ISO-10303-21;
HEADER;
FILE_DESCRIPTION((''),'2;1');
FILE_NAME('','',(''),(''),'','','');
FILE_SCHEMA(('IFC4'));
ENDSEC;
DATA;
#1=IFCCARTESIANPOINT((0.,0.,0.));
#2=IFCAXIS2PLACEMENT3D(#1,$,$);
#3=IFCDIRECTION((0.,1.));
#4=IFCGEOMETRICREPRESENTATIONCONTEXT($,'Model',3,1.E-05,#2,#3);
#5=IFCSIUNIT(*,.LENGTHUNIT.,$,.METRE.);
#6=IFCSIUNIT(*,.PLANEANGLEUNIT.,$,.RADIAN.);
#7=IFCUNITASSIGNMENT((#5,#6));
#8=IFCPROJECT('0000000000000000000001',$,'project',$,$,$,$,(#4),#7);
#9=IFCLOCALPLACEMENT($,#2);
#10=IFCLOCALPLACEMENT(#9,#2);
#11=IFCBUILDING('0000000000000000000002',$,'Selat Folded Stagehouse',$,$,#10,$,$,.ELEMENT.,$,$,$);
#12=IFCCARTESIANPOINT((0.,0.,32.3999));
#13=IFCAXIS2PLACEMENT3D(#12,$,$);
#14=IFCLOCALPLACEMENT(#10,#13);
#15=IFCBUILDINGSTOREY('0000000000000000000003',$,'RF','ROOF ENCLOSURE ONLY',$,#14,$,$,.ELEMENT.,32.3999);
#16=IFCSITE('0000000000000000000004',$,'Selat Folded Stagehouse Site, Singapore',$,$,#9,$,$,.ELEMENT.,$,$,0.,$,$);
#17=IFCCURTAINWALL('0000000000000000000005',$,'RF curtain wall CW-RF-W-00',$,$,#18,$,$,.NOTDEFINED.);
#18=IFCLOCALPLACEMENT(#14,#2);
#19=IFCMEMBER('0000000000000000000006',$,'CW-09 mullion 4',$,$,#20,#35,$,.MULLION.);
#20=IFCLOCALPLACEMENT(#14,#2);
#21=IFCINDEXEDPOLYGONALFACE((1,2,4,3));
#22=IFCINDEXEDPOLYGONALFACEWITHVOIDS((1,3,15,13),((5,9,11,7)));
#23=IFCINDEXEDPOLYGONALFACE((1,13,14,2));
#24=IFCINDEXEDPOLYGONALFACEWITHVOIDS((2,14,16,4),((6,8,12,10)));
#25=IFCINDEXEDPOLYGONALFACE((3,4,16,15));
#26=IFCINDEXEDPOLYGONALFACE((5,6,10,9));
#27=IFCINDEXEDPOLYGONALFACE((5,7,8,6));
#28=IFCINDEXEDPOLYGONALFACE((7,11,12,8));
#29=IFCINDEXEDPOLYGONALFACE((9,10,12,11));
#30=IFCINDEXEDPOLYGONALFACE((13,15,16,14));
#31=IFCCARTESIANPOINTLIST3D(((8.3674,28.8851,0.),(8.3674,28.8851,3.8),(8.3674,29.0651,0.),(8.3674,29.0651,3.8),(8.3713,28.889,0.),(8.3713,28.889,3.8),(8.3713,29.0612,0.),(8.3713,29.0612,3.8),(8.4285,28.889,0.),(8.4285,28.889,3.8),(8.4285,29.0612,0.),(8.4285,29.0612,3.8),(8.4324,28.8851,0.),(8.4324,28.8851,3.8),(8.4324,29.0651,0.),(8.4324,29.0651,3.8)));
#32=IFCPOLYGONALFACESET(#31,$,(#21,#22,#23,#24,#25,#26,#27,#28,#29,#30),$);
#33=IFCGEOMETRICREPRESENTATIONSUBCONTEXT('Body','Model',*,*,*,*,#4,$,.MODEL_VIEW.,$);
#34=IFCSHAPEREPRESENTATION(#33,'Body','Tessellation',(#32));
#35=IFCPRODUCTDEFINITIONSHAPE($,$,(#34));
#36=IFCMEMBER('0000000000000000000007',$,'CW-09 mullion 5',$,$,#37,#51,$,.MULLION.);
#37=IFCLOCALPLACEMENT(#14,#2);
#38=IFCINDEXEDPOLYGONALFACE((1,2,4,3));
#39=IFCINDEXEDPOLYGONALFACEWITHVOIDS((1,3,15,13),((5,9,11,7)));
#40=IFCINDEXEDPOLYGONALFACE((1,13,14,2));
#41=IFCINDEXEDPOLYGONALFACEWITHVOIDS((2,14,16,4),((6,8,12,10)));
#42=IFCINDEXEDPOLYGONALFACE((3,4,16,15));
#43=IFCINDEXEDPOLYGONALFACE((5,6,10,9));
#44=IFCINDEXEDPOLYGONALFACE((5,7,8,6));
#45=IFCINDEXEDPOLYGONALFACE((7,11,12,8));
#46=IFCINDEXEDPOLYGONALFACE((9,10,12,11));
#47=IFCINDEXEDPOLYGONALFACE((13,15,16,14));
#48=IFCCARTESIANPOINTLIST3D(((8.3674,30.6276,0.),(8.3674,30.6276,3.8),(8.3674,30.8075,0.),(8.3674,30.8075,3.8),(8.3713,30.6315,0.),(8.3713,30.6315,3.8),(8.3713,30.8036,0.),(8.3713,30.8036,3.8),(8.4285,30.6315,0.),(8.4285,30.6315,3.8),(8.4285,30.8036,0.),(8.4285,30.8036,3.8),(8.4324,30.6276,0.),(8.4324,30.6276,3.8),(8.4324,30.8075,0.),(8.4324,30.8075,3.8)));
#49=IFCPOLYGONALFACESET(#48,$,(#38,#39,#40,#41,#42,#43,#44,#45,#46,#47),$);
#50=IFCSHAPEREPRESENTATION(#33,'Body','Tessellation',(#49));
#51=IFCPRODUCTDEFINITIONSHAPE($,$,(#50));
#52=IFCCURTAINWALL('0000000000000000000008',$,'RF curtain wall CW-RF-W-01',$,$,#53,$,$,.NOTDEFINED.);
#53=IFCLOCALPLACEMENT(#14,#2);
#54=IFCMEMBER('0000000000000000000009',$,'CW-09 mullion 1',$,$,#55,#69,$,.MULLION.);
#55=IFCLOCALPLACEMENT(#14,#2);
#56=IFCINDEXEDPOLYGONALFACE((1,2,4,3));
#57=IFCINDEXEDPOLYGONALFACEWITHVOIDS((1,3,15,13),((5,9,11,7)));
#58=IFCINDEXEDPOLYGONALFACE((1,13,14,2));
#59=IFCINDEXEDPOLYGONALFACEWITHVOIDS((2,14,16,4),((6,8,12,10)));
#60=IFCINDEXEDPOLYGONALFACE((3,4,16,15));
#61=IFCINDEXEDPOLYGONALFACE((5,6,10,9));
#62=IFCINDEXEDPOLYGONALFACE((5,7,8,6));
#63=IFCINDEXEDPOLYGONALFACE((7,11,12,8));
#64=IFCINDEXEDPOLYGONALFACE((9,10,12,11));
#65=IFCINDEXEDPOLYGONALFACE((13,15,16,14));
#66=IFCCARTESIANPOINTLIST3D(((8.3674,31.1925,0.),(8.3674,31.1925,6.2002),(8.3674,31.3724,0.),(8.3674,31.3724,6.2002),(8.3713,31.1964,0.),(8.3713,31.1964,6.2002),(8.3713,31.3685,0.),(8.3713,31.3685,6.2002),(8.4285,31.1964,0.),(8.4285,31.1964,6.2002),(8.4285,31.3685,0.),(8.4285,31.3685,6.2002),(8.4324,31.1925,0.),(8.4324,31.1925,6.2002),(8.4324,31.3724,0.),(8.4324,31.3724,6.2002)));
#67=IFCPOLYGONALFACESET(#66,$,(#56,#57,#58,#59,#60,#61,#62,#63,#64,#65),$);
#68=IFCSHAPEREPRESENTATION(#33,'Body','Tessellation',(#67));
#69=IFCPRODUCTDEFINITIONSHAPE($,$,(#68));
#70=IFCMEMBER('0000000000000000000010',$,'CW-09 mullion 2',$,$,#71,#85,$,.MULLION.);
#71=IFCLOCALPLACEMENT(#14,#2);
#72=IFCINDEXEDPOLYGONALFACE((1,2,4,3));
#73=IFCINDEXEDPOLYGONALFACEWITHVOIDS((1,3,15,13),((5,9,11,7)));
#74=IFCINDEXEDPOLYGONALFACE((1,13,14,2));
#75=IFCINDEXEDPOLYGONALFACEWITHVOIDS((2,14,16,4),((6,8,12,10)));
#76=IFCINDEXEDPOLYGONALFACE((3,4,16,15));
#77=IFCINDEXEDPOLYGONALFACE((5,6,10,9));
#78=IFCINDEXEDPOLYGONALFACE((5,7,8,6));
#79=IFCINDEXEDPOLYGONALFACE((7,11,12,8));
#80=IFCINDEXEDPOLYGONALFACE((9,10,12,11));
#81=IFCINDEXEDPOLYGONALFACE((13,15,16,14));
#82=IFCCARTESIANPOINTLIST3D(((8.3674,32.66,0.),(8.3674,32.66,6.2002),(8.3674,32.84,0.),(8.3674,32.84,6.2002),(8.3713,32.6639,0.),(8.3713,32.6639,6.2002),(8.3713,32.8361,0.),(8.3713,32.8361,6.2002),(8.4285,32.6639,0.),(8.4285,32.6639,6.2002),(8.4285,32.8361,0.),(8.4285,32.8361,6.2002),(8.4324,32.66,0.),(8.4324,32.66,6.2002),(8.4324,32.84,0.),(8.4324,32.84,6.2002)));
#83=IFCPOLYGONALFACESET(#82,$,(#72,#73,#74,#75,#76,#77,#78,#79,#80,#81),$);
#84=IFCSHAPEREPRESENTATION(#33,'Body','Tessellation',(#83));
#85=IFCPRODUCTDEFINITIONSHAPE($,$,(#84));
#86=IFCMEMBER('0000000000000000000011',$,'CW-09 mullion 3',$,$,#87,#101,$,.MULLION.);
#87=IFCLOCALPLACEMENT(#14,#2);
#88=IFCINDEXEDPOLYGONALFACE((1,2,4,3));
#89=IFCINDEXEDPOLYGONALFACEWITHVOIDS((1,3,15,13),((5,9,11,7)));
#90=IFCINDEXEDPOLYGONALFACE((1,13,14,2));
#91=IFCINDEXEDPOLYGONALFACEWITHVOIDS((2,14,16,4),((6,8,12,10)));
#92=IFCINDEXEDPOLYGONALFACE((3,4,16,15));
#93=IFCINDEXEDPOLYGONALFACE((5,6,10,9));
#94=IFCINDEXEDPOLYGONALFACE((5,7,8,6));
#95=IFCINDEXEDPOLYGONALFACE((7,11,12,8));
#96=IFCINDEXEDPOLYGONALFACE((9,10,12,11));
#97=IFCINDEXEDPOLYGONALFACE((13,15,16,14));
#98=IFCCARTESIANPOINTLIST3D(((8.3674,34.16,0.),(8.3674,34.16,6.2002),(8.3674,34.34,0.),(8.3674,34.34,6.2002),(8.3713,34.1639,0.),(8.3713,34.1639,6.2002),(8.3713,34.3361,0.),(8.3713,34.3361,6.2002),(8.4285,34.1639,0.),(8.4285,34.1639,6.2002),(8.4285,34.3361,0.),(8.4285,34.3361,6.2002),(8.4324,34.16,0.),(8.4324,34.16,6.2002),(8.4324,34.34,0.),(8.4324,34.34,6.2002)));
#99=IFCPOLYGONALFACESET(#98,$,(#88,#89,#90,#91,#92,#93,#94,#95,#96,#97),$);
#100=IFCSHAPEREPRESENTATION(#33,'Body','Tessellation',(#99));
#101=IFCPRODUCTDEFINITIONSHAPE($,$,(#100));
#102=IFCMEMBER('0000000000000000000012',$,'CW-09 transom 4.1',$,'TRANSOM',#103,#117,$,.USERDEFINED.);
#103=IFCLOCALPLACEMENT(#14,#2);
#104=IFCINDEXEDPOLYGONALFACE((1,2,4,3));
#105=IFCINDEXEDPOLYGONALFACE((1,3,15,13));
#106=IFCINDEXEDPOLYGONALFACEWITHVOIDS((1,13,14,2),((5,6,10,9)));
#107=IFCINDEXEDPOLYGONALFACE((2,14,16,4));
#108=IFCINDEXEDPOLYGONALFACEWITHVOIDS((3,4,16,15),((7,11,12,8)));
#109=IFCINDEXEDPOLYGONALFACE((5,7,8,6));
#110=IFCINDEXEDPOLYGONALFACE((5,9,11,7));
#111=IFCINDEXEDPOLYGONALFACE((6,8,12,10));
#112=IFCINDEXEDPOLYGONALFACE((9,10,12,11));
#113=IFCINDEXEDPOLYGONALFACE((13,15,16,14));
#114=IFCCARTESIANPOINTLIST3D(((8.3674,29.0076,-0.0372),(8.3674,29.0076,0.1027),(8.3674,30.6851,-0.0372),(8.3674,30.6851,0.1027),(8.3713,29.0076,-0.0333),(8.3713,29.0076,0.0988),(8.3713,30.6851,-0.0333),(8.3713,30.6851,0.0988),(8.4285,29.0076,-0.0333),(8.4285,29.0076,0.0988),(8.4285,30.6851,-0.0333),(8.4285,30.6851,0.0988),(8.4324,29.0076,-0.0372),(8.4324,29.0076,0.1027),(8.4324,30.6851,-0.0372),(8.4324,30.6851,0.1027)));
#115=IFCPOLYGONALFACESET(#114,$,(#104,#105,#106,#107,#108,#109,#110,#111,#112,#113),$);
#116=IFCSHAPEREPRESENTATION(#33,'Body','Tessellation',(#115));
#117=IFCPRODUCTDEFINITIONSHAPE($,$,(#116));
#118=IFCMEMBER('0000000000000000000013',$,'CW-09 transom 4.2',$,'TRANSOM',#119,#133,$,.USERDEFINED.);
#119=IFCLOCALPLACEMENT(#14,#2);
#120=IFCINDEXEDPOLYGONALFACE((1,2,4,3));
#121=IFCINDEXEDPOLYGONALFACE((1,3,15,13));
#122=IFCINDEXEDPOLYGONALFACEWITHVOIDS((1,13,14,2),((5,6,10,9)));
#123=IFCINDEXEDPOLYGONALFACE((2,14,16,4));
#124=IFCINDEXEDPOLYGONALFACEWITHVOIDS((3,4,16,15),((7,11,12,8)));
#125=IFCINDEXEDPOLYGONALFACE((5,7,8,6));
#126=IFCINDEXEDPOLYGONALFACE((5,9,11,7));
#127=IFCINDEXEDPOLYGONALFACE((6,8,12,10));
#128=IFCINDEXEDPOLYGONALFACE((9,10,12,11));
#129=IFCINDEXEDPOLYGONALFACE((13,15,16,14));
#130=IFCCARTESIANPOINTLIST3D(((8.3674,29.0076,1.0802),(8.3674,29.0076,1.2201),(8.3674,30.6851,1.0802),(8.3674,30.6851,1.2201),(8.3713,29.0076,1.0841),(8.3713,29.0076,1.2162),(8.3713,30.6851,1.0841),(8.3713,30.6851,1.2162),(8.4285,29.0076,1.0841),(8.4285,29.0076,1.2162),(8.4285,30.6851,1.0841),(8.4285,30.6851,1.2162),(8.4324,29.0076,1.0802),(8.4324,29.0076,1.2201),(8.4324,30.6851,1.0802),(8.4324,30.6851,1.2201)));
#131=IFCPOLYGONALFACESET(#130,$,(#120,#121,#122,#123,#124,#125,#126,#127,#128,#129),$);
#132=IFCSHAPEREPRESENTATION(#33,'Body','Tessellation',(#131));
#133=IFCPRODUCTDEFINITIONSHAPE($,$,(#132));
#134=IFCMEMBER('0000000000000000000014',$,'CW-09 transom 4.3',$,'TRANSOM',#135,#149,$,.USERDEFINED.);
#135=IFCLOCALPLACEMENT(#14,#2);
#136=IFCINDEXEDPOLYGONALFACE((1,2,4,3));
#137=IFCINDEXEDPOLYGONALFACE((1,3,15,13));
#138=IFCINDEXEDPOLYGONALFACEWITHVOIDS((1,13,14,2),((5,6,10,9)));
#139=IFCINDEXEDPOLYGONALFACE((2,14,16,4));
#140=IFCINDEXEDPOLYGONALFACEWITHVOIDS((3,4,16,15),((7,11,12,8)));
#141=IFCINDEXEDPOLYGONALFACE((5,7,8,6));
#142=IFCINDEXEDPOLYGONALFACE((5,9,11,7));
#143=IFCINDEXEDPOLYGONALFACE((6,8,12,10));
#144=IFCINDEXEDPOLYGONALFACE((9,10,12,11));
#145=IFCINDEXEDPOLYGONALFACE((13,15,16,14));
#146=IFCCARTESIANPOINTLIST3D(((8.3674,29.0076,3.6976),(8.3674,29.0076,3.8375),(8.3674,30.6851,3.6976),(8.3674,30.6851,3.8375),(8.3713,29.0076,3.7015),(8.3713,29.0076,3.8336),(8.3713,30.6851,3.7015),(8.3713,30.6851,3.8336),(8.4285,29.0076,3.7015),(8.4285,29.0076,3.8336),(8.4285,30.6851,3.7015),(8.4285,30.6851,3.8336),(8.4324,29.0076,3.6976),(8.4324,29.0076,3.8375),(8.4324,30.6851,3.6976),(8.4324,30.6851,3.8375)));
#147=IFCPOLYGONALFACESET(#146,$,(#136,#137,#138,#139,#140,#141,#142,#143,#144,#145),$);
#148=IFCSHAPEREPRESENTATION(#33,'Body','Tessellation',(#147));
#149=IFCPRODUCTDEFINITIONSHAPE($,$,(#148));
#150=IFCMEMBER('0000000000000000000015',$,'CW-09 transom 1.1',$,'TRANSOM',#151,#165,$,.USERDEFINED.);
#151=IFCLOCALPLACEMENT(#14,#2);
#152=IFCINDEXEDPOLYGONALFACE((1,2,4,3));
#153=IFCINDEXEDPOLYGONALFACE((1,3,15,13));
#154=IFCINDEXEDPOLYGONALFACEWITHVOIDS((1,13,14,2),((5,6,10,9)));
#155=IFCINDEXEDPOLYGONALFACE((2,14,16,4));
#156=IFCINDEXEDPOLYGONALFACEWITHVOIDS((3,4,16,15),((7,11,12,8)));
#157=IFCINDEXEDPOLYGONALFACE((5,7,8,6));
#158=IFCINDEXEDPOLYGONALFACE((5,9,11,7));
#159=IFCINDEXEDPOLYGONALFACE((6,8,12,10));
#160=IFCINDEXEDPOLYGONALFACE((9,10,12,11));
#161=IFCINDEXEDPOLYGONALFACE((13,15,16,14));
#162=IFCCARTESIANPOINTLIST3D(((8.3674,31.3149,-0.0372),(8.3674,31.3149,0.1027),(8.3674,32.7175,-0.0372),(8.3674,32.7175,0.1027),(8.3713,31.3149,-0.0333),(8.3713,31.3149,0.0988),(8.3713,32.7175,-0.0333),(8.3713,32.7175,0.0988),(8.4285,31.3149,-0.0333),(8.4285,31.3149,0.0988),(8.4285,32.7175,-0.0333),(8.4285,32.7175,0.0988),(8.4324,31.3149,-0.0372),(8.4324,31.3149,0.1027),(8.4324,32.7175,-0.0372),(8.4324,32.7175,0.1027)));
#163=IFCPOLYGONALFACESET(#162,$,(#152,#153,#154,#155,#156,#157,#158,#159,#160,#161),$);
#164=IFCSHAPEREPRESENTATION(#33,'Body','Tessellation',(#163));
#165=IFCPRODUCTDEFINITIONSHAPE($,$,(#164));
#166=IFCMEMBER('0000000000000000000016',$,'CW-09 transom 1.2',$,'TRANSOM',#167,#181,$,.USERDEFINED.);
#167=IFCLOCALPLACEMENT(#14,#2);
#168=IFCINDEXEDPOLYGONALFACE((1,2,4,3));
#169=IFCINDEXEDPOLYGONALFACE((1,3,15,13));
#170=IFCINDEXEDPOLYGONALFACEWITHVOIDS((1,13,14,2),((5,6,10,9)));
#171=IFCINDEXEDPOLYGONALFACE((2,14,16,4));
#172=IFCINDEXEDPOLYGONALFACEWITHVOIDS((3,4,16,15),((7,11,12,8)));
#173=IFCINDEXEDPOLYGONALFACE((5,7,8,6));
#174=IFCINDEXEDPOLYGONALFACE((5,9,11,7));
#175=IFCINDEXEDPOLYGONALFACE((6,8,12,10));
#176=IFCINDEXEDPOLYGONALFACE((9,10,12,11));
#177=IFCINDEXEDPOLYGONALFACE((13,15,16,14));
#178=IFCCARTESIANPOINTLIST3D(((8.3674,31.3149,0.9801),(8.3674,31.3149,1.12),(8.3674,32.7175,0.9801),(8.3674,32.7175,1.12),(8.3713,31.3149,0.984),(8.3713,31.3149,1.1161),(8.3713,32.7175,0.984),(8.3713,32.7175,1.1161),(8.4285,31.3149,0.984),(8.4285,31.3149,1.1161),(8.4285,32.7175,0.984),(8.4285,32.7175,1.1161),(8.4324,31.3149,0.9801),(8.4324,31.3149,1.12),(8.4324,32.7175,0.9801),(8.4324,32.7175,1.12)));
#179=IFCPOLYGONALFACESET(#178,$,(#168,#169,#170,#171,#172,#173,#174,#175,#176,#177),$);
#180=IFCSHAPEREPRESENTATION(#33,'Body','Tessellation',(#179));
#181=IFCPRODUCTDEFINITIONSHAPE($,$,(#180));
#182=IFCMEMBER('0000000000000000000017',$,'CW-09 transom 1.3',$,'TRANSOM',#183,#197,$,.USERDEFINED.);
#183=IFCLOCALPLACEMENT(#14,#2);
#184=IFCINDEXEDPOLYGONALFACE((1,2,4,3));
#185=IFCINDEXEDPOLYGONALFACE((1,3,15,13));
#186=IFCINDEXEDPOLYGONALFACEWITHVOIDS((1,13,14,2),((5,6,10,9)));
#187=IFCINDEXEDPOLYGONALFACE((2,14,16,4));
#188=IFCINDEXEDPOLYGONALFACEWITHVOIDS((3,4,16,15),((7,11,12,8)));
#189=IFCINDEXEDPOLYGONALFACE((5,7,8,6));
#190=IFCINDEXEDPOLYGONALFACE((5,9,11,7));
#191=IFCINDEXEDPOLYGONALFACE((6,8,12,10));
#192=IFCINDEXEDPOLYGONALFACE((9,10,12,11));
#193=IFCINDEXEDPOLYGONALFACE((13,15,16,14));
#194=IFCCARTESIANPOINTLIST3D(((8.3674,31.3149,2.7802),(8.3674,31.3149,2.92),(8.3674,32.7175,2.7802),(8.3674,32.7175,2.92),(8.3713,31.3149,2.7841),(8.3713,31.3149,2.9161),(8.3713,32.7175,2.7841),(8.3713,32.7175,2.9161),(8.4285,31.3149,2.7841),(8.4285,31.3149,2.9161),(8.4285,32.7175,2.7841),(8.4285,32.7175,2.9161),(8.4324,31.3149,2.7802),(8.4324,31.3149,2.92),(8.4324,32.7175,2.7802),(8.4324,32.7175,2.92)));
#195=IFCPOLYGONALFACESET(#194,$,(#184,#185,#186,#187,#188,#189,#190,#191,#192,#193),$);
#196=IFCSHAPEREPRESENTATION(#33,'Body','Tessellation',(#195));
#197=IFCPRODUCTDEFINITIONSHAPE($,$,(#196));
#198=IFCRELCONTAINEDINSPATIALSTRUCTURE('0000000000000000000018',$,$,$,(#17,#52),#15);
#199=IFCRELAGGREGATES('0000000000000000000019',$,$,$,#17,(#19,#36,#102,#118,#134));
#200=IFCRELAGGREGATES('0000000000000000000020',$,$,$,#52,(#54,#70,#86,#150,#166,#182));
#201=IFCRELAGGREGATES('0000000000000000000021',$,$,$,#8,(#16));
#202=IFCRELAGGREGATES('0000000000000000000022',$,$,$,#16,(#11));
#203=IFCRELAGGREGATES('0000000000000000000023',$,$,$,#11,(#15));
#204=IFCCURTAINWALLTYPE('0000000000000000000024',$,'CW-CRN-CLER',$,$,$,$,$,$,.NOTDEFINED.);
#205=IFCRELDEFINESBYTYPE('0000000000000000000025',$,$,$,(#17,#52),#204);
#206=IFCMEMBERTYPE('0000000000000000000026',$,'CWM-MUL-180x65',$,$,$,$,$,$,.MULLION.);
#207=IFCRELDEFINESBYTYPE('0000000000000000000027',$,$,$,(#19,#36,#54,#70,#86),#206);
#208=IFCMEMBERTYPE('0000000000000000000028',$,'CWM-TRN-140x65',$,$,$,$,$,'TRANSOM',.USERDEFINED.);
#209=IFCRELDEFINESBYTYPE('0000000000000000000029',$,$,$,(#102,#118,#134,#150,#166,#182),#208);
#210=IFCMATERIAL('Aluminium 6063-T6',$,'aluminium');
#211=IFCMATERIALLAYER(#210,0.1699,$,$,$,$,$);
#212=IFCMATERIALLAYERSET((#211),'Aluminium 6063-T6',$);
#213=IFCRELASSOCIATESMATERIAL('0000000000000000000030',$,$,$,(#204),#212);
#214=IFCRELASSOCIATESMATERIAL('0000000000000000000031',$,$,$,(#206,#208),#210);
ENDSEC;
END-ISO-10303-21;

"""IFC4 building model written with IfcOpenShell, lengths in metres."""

from ifc_helpers import new_model, si_unit, direction, frame, origin, origin_2d, place, context, subcontext, project, spatial, hollow_rectangle, extrude, material, layer, layer_set, material_profile, profile_set, type_object, element, aggregate, save


model = new_model("IFC4")

# Units and contexts
model_context = context("Model", 3, precision=1e-05, world=origin(), true_north=direction((0.0, 1.0)))
body_context = subcontext(model_context, "Body", "Model", "MODEL_VIEW")
ifc_project = project(units=[si_unit("LENGTHUNIT", "METRE"), si_unit("PLANEANGLEUNIT", "RADIAN")], contexts=[model_context])

# Site, building, storey
site_placement = place(None, origin())
site = spatial("IfcSite", under=ifc_project, at=site_placement, Name="Selat Folded Stagehouse Site, Singapore", CompositionType="ELEMENT", RefElevation=0.0)
building_placement = place(site_placement, origin())
building = spatial("IfcBuilding", under=site, at=building_placement, Name="Selat Folded Stagehouse", CompositionType="ELEMENT")
storey_placement = place(building_placement, frame((0.0, 0.0, 32.3999)))
storey = spatial("IfcBuildingStorey", under=building, at=storey_placement, Name="RF", Description="ROOF ENCLOSURE ONLY", CompositionType="ELEMENT", Elevation=32.3999)

# Curtain walls, members
ifc_material_1 = material(Name="Aluminium 6063-T6", Category="aluminium")
ifc_layer_1 = layer(ifc_material_1, 0.1699)
ifc_layer_set_1 = layer_set([ifc_layer_1], Name="Aluminium 6063-T6")
curtain_wall_type = type_object("IfcCurtainWallType", Name="CW-CRN-CLER", PredefinedType="NOTDEFINED", material=ifc_layer_set_1)
curtain_wall_1_placement = place(storey_placement, origin())
curtain_wall_1 = element("IfcCurtainWall", 1, at=curtain_wall_1_placement, inside=storey, type_object=curtain_wall_type, Name="RF curtain wall CW-RF-W-00", PredefinedType="NOTDEFINED")
ifc_material_profile_1 = material_profile(ifc_material_1, hollow_rectangle(XDim=0.0649, YDim=0.1799, WallThickness=0.0039, at=origin_2d()), Name="ALU 180x65x4.0")
ifc_profile_set_1 = profile_set([ifc_material_profile_1], Name="Aluminium 6063-T6")
member_type_1 = type_object("IfcMemberType", Name="CWM-MUL-180x65", PredefinedType="MULLION", material=ifc_profile_set_1)
member_1_placement = place(storey_placement, frame((8.3999, 28.9751, 0.0), z_axis=(0.0, 0.0, 1.0), x_axis=(-1.0, 0.0, 0.0)))
member_1 = element("IfcMember", 2, at=member_1_placement, type_object=member_type_1, Name="CW-09 mullion 4", PredefinedType="MULLION", context=body_context, shape_type="SweptSolid", body=[
    extrude(hollow_rectangle(XDim=0.0649, YDim=0.1799, WallThickness=0.0039, at=origin_2d()), origin(), (0.0, 0.0, 1.0), 3.8),
])
member_2_placement = place(storey_placement, frame((8.3999, 30.7175, 0.0), z_axis=(0.0, 0.0, 1.0), x_axis=(-1.0, 0.0, 0.0)))
member_2 = element("IfcMember", 3, at=member_2_placement, type_object=member_type_1, Name="CW-09 mullion 5", PredefinedType="MULLION", context=body_context, shape_type="SweptSolid", body=[
    extrude(hollow_rectangle(XDim=0.0649, YDim=0.1799, WallThickness=0.0039, at=origin_2d()), origin(), (0.0, 0.0, 1.0), 3.8),
])
curtain_wall_2_placement = place(storey_placement, origin())
curtain_wall_2 = element("IfcCurtainWall", 4, at=curtain_wall_2_placement, inside=storey, type_object=curtain_wall_type, Name="RF curtain wall CW-RF-W-01", PredefinedType="NOTDEFINED")
member_3_placement = place(storey_placement, frame((8.3999, 31.2825, 0.0), z_axis=(0.0, 0.0, 1.0), x_axis=(-1.0, 0.0, 0.0)))
member_3 = element("IfcMember", 5, at=member_3_placement, type_object=member_type_1, Name="CW-09 mullion 1", PredefinedType="MULLION", context=body_context, shape_type="SweptSolid", body=[
    extrude(hollow_rectangle(XDim=0.0649, YDim=0.1799, WallThickness=0.0039, at=origin_2d()), origin(), (0.0, 0.0, 1.0), 6.2002),
])
member_4_placement = place(storey_placement, frame((8.3999, 32.75, 0.0), z_axis=(0.0, 0.0, 1.0), x_axis=(-1.0, 0.0, 0.0)))
member_4 = element("IfcMember", 6, at=member_4_placement, type_object=member_type_1, Name="CW-09 mullion 2", PredefinedType="MULLION", context=body_context, shape_type="SweptSolid", body=[
    extrude(hollow_rectangle(XDim=0.0649, YDim=0.1799, WallThickness=0.0039, at=origin_2d()), origin(), (0.0, 0.0, 1.0), 6.2002),
])
member_5_placement = place(storey_placement, frame((8.3999, 34.25, 0.0), z_axis=(0.0, 0.0, 1.0), x_axis=(-1.0, 0.0, 0.0)))
member_5 = element("IfcMember", 7, at=member_5_placement, type_object=member_type_1, Name="CW-09 mullion 3", PredefinedType="MULLION", context=body_context, shape_type="SweptSolid", body=[
    extrude(hollow_rectangle(XDim=0.0649, YDim=0.1799, WallThickness=0.0039, at=origin_2d()), origin(), (0.0, 0.0, 1.0), 6.2002),
])

# Members
ifc_material_profile_2 = material_profile(ifc_material_1, hollow_rectangle(XDim=0.0649, YDim=0.1399, WallThickness=0.0039, at=origin_2d()), Name="ALU 140x65x4.0")
ifc_profile_set_2 = profile_set([ifc_material_profile_2], Name="Aluminium 6063-T6")
member_type_2 = type_object("IfcMemberType", Name="CWM-TRN-140x65", ElementType="TRANSOM", PredefinedType="USERDEFINED", material=ifc_profile_set_2)
member_6_placement = place(storey_placement, frame((8.3999, 29.0076, 0.0327), z_axis=(0.0, 1.0, 0.0), x_axis=(-1.0, 0.0, 0.0)))
member_6 = element("IfcMember", 8, at=member_6_placement, type_object=member_type_2, Name="CW-09 transom 4.1", ObjectType="TRANSOM", PredefinedType="USERDEFINED", context=body_context, shape_type="SweptSolid", body=[
    extrude(hollow_rectangle(XDim=0.0649, YDim=0.1399, WallThickness=0.0039, at=origin_2d()), origin(), (0.0, 0.0, 1.0), 1.6775),
])
member_7_placement = place(storey_placement, frame((8.3999, 29.0076, 1.1501), z_axis=(0.0, 1.0, 0.0), x_axis=(-1.0, 0.0, 0.0)))
member_7 = element("IfcMember", 9, at=member_7_placement, type_object=member_type_2, Name="CW-09 transom 4.2", ObjectType="TRANSOM", PredefinedType="USERDEFINED", context=body_context, shape_type="SweptSolid", body=[
    extrude(hollow_rectangle(XDim=0.0649, YDim=0.1399, WallThickness=0.0039, at=origin_2d()), origin(), (0.0, 0.0, 1.0), 1.6775),
])
member_8_placement = place(storey_placement, frame((8.3999, 29.0076, 3.7676), z_axis=(0.0, 1.0, 0.0), x_axis=(-1.0, 0.0, 0.0)))
member_8 = element("IfcMember", 10, at=member_8_placement, type_object=member_type_2, Name="CW-09 transom 4.3", ObjectType="TRANSOM", PredefinedType="USERDEFINED", context=body_context, shape_type="SweptSolid", body=[
    extrude(hollow_rectangle(XDim=0.0649, YDim=0.1399, WallThickness=0.0039, at=origin_2d()), origin(), (0.0, 0.0, 1.0), 1.6775),
])
member_9_placement = place(storey_placement, frame((8.3999, 31.3149, 0.0327), z_axis=(0.0, 1.0, 0.0), x_axis=(-1.0, 0.0, 0.0)))
member_9 = element("IfcMember", 11, at=member_9_placement, type_object=member_type_2, Name="CW-09 transom 1.1", ObjectType="TRANSOM", PredefinedType="USERDEFINED", context=body_context, shape_type="SweptSolid", body=[
    extrude(hollow_rectangle(XDim=0.0649, YDim=0.1399, WallThickness=0.0039, at=origin_2d()), origin(), (0.0, 0.0, 1.0), 1.4026),
])
member_10_placement = place(storey_placement, frame((8.3999, 31.3149, 1.05), z_axis=(0.0, 1.0, 0.0), x_axis=(-1.0, 0.0, 0.0)))
member_10 = element("IfcMember", 12, at=member_10_placement, type_object=member_type_2, Name="CW-09 transom 1.2", ObjectType="TRANSOM", PredefinedType="USERDEFINED", context=body_context, shape_type="SweptSolid", body=[
    extrude(hollow_rectangle(XDim=0.0649, YDim=0.1399, WallThickness=0.0039, at=origin_2d()), origin(), (0.0, 0.0, 1.0), 1.4026),
])
member_11_placement = place(storey_placement, frame((8.3999, 31.3149, 2.8501), z_axis=(0.0, 1.0, 0.0), x_axis=(-1.0, 0.0, 0.0)))
member_11 = element("IfcMember", 13, at=member_11_placement, type_object=member_type_2, Name="CW-09 transom 1.3", ObjectType="TRANSOM", PredefinedType="USERDEFINED", context=body_context, shape_type="SweptSolid", body=[
    extrude(hollow_rectangle(XDim=0.0649, YDim=0.1399, WallThickness=0.0039, at=origin_2d()), origin(), (0.0, 0.0, 1.0), 1.4026),
])

aggregate(curtain_wall_1, [member_1, member_2, member_6, member_7, member_8])
aggregate(curtain_wall_2, [member_3, member_4, member_5, member_9, member_10, member_11])

save(model, "model.ifc")
